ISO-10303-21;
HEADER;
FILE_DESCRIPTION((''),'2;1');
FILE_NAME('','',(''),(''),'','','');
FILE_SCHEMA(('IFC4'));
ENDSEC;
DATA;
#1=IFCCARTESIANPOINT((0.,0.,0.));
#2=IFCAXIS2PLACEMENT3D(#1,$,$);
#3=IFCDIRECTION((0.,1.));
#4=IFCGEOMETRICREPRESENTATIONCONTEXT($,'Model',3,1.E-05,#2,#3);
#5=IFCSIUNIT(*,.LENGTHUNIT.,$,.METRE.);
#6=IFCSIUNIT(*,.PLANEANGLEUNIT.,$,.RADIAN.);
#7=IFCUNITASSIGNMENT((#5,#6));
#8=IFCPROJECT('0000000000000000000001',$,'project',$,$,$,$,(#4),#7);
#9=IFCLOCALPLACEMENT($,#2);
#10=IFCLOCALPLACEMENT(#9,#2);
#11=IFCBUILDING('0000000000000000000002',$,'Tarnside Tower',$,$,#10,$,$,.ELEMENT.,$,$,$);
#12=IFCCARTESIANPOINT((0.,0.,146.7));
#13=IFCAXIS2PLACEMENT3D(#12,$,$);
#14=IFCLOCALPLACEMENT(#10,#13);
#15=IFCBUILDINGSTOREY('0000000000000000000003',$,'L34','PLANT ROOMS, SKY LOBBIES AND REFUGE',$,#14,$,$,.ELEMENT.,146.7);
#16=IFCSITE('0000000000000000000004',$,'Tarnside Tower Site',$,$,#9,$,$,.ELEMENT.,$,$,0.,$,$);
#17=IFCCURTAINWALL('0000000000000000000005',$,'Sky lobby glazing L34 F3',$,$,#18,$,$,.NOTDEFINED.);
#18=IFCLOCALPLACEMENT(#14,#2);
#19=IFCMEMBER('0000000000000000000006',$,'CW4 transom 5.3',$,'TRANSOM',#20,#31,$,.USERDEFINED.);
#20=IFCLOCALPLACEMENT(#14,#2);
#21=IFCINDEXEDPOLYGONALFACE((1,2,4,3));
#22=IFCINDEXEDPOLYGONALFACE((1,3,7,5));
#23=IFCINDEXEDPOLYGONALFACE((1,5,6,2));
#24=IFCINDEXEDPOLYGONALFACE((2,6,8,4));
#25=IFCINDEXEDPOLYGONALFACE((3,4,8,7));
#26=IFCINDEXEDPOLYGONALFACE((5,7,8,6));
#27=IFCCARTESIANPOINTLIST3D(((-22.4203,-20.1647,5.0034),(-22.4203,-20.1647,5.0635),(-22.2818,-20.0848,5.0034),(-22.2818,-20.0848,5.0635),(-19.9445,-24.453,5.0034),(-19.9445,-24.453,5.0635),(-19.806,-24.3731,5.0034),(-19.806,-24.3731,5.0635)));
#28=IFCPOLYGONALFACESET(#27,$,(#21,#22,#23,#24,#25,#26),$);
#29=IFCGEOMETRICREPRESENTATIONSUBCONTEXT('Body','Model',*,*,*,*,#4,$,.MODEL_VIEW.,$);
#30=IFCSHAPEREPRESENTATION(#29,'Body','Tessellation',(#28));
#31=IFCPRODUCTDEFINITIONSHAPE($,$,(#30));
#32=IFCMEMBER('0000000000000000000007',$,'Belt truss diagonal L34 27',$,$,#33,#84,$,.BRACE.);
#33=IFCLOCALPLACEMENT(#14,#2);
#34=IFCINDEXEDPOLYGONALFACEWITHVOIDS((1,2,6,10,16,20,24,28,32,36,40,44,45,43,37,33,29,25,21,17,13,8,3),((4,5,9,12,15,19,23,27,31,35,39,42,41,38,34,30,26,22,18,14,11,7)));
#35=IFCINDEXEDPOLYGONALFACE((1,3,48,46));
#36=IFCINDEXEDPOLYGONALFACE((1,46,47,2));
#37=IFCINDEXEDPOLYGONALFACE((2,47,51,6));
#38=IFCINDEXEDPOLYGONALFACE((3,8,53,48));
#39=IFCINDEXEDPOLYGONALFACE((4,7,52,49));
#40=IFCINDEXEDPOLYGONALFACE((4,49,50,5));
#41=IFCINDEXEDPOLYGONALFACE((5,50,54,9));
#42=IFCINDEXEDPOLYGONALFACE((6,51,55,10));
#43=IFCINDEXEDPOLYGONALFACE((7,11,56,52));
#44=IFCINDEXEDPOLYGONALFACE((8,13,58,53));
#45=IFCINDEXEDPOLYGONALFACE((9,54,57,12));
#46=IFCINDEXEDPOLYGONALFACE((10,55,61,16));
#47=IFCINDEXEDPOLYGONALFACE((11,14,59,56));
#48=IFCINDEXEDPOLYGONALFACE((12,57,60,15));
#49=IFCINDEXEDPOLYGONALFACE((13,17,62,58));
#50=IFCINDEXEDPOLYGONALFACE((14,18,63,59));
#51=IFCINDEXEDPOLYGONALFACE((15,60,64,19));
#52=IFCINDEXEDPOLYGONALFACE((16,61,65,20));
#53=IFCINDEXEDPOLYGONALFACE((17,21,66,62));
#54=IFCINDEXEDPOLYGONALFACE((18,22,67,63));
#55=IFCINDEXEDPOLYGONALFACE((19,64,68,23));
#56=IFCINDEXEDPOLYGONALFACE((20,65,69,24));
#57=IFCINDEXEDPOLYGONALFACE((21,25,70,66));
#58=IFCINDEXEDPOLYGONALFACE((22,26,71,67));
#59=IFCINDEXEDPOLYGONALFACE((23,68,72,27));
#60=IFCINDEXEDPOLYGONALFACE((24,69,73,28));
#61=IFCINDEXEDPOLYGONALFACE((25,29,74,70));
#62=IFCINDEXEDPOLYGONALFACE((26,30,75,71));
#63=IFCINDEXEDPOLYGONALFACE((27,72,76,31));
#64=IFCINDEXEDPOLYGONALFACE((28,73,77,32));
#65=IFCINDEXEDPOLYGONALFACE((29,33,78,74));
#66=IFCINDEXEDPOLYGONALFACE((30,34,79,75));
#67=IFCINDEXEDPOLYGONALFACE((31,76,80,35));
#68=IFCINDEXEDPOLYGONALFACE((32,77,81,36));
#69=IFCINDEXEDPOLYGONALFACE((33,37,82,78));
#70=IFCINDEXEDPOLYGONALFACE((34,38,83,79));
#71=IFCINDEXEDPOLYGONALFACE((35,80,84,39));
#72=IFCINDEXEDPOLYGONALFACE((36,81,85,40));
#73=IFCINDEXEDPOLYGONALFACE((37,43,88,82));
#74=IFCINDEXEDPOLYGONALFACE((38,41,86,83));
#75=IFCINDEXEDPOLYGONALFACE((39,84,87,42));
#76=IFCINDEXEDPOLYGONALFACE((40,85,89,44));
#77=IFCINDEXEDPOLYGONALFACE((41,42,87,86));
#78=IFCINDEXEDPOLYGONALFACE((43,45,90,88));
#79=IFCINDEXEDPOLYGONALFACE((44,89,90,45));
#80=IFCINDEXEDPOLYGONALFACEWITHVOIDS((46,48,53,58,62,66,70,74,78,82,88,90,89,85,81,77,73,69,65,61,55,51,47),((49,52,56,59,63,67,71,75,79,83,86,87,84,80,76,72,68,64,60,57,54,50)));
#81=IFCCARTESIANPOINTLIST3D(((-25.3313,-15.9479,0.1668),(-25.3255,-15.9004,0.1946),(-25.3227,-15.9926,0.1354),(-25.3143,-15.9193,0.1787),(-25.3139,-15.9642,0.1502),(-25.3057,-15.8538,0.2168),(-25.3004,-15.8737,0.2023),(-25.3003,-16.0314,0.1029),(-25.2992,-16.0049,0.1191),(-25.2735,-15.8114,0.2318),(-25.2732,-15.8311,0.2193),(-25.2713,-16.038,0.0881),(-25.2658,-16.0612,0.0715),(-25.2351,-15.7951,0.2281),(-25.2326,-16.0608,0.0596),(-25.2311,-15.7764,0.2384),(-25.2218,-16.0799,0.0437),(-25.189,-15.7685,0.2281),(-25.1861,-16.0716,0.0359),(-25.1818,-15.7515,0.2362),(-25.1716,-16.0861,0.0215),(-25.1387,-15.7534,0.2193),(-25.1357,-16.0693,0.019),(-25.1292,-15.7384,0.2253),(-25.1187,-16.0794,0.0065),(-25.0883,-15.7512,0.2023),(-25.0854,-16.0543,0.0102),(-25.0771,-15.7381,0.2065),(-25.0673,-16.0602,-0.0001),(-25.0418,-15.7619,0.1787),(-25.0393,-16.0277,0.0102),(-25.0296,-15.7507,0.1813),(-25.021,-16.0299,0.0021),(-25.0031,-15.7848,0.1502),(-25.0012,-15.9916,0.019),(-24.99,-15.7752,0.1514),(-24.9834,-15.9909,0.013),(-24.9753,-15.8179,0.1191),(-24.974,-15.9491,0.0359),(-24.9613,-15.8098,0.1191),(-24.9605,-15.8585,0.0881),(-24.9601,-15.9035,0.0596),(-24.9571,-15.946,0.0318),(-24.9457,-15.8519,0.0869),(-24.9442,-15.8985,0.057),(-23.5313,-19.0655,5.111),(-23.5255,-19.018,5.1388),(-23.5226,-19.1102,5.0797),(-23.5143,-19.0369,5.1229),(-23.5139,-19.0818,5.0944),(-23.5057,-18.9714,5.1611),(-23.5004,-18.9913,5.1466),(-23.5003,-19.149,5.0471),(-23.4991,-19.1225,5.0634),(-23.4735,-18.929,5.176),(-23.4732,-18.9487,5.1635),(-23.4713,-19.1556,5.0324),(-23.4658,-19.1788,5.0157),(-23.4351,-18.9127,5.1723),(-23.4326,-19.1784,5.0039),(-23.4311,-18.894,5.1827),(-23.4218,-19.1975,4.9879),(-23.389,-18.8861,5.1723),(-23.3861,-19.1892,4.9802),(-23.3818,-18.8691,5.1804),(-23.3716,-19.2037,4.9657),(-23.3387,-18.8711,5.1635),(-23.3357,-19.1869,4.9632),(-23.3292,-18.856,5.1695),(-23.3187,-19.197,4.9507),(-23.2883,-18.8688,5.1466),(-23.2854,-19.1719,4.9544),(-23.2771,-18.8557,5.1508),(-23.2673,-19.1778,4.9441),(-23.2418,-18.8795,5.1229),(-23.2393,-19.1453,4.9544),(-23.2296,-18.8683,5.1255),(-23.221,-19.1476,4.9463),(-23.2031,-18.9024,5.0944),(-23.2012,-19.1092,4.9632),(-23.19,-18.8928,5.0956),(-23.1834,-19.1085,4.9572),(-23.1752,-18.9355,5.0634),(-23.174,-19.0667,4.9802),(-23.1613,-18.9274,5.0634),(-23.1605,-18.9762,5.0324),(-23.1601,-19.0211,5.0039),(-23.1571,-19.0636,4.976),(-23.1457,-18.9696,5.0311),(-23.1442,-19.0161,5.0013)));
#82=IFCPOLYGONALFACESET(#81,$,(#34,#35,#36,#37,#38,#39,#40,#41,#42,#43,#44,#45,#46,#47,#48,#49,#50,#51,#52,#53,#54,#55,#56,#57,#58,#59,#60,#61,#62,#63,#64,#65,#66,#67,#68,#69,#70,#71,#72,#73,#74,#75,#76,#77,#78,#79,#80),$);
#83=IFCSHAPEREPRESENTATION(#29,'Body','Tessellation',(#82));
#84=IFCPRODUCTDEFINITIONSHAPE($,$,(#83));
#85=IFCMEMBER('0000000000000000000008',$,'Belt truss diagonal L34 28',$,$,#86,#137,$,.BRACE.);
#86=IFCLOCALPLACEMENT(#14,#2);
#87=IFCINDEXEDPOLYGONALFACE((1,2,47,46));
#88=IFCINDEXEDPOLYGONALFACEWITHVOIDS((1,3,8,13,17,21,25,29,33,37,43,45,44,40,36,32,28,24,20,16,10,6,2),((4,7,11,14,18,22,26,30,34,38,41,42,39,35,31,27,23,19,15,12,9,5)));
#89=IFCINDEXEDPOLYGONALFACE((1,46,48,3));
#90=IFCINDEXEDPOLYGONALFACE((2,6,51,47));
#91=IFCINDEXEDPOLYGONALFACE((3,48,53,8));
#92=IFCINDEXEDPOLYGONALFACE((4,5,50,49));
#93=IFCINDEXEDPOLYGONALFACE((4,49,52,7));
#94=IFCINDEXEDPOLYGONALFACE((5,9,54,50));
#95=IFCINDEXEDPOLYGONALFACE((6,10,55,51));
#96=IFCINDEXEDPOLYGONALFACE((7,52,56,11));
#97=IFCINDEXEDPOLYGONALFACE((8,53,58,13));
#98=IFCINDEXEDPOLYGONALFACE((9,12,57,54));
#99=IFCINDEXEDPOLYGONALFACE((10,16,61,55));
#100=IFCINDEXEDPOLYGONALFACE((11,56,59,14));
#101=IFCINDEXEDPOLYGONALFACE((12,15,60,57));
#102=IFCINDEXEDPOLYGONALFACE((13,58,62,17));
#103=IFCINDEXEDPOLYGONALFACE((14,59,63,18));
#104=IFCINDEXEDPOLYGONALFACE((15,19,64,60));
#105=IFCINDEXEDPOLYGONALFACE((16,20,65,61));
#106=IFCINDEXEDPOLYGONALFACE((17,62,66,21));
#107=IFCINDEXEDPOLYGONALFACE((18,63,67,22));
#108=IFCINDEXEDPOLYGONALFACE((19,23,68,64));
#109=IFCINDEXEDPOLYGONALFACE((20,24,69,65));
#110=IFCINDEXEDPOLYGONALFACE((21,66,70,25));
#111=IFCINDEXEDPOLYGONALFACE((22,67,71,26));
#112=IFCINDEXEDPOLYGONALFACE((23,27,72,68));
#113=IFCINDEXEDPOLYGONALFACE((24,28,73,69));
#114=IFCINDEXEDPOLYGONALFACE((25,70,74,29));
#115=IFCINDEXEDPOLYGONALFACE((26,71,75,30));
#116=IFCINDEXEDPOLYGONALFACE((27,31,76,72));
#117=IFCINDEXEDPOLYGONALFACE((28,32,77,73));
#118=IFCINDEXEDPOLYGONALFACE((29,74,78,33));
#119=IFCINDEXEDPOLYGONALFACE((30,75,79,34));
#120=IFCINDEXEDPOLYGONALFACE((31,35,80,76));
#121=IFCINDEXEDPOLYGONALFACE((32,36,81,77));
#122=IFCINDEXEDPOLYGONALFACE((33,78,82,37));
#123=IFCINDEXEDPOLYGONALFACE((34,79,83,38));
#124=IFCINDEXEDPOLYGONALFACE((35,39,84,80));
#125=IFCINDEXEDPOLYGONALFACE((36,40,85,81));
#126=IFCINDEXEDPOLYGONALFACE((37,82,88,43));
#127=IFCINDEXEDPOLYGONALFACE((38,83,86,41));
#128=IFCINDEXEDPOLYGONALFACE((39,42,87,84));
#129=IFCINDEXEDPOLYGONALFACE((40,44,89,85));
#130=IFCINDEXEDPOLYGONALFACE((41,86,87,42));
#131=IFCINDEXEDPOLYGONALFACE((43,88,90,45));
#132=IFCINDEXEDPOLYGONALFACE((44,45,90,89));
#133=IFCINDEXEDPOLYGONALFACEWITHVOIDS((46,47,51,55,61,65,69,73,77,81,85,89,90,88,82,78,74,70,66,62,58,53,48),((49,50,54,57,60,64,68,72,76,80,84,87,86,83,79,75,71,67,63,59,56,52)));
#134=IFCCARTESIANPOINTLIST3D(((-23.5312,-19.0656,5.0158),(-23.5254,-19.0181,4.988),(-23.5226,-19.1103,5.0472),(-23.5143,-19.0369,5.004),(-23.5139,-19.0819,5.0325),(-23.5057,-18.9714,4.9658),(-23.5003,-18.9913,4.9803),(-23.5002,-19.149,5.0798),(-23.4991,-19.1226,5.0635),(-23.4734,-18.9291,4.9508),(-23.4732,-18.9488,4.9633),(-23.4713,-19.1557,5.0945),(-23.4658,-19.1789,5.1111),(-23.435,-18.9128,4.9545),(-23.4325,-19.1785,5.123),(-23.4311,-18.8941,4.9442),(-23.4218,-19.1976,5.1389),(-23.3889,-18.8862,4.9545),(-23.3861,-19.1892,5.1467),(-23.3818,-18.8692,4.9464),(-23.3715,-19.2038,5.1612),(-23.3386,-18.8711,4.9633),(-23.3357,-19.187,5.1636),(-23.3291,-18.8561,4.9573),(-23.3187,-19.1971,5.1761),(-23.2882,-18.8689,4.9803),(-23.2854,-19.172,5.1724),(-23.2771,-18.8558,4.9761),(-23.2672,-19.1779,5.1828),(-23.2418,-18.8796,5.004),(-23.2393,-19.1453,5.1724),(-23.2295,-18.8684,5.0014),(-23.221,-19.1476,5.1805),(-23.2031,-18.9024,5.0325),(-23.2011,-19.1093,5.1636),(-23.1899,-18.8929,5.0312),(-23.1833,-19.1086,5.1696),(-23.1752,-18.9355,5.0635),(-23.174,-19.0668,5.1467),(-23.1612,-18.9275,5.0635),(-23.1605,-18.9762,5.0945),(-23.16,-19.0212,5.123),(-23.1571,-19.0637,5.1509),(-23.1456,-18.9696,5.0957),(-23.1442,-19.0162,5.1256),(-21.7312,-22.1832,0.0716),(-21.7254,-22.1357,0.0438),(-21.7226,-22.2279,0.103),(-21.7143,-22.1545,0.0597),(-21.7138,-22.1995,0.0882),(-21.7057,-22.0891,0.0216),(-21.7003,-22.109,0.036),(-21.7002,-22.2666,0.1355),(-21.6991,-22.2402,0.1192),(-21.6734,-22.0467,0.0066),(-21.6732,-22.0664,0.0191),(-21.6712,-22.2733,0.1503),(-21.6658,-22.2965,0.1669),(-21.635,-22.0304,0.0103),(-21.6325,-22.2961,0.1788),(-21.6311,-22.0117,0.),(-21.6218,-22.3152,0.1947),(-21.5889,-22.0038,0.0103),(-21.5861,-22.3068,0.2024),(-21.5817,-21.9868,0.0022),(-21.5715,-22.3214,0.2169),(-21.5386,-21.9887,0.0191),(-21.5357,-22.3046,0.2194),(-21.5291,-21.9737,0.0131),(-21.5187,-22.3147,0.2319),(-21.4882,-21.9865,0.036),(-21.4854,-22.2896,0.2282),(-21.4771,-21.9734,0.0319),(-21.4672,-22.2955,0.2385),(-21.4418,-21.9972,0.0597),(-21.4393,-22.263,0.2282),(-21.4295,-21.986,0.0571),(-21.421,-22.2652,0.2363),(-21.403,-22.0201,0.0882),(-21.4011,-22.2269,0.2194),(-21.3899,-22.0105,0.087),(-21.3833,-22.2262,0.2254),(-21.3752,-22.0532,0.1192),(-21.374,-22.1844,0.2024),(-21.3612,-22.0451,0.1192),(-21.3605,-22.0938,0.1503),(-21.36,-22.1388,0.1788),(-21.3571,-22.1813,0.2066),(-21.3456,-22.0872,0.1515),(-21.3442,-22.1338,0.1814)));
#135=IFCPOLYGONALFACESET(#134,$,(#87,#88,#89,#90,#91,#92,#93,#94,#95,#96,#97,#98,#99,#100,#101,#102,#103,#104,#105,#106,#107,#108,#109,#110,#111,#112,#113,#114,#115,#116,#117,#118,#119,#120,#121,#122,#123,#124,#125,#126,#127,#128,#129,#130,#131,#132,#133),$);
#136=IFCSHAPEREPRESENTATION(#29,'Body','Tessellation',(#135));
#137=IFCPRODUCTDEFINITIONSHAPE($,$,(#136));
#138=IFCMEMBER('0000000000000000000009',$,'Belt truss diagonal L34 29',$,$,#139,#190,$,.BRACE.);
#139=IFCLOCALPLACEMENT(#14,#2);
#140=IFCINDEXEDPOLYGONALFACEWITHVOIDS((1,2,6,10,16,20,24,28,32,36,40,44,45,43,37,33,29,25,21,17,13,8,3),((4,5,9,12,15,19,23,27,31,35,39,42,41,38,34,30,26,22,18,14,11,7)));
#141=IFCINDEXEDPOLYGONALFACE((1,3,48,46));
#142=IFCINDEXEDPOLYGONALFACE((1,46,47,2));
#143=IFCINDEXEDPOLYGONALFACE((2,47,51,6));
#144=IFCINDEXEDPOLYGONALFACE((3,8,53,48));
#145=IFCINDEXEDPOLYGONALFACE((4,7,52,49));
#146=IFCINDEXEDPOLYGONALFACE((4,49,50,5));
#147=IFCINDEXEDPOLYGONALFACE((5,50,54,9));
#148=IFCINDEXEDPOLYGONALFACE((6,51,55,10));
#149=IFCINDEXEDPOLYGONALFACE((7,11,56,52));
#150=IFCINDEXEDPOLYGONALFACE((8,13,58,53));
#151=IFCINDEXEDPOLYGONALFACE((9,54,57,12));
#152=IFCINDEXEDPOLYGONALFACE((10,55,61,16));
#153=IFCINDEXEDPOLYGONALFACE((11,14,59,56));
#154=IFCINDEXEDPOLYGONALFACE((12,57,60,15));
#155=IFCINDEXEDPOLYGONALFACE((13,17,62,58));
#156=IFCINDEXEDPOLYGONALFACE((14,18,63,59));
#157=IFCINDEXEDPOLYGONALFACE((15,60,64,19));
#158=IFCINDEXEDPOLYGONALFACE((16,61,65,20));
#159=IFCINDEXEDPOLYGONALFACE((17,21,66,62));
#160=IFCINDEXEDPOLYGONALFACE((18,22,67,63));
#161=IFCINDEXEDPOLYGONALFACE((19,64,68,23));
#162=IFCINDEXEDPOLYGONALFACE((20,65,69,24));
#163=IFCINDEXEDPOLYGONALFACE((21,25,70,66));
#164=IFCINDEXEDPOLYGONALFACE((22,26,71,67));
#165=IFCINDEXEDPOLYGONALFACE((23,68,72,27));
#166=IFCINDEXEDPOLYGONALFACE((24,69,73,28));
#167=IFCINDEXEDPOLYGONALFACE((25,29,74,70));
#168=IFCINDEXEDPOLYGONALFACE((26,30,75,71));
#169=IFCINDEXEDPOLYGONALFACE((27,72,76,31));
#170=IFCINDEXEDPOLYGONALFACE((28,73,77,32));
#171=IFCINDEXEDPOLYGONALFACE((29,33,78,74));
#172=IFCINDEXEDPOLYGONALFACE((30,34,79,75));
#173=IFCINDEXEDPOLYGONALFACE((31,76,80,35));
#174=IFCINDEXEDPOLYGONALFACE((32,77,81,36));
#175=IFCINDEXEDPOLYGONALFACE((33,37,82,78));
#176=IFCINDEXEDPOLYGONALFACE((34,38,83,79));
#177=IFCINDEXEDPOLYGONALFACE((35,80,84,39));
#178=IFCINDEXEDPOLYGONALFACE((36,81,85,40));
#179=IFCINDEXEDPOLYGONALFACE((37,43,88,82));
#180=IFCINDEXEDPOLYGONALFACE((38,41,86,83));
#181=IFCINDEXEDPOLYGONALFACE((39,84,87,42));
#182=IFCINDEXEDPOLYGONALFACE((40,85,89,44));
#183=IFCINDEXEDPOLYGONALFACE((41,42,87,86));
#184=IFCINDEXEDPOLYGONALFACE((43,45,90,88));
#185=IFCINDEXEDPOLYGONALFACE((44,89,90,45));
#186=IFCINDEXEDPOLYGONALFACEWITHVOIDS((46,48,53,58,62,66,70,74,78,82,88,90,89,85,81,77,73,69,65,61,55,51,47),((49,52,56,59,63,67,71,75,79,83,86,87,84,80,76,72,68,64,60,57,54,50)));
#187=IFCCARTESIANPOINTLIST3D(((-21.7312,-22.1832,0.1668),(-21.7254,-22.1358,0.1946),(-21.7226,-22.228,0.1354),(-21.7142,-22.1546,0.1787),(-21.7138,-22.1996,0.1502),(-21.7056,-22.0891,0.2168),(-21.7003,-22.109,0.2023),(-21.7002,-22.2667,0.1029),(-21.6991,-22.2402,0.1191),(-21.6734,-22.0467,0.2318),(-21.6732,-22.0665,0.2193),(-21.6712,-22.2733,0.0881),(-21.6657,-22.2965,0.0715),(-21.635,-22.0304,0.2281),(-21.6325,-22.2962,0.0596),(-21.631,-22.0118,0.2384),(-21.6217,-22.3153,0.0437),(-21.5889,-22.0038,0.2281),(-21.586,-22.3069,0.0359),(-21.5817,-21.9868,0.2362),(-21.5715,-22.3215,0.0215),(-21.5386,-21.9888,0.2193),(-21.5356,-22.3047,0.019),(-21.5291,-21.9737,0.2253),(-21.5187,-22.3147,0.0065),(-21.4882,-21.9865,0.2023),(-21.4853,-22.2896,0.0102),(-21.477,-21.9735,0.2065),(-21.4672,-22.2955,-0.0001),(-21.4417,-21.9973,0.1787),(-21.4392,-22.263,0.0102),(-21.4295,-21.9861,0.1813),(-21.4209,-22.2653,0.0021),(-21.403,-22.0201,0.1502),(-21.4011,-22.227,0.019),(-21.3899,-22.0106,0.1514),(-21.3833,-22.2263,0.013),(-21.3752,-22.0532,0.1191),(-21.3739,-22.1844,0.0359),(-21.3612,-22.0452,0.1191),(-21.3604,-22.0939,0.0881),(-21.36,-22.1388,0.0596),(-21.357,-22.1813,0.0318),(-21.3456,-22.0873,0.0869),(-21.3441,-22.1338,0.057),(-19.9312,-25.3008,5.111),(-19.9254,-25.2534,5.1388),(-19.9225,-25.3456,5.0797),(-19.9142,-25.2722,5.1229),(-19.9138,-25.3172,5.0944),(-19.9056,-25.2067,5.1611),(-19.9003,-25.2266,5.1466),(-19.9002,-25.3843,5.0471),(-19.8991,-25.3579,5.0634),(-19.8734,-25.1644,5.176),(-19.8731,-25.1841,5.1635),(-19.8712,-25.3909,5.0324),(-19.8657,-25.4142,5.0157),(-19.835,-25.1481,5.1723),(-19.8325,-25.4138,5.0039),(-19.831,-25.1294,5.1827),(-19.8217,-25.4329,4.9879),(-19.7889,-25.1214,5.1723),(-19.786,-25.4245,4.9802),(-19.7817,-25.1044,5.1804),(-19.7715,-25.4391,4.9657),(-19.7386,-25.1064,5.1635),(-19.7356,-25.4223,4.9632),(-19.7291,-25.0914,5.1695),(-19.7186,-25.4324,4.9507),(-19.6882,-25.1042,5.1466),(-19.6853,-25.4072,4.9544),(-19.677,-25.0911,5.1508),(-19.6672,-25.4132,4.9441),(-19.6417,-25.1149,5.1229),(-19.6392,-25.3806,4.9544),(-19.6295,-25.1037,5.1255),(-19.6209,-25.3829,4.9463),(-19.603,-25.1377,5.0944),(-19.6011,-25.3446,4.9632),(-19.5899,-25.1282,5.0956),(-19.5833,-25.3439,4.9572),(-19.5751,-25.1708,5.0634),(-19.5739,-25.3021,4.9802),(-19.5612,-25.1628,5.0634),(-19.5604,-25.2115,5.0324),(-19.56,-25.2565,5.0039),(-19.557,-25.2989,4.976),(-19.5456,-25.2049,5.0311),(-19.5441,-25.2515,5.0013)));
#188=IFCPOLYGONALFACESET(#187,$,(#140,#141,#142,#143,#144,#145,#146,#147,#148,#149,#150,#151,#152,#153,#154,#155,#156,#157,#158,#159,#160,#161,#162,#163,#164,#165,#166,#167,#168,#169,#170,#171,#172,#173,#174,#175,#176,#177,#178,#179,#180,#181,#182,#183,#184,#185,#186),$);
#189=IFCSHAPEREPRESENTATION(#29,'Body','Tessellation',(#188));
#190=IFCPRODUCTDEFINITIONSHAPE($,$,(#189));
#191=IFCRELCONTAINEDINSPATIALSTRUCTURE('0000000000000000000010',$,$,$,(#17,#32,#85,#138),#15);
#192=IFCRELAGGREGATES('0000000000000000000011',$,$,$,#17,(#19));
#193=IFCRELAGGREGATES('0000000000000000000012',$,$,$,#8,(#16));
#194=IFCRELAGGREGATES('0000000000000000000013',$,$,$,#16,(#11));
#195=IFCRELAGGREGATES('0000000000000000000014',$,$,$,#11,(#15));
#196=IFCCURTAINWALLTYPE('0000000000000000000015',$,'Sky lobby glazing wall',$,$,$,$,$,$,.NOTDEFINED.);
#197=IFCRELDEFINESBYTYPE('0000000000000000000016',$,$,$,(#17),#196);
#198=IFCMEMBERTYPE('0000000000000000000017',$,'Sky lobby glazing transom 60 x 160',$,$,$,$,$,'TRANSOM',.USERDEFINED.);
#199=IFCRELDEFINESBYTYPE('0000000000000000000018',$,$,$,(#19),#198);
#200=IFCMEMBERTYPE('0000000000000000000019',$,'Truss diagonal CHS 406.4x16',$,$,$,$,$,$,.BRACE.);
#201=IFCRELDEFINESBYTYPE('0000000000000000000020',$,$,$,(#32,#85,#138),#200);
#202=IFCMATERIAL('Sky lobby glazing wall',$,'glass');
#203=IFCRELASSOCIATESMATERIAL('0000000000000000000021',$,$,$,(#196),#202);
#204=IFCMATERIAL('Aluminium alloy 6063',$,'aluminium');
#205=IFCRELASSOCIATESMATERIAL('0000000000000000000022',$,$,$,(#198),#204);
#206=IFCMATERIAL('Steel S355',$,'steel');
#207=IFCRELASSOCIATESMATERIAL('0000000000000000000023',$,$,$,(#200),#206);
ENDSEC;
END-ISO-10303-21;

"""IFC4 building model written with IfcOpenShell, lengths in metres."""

from ifc_helpers import new_model, si_unit, direction, frame, origin, origin_2d, place, context, subcontext, project, spatial, rectangle, hollow_circle, extrude, material, material_profile, profile_set, type_object, element, aggregate, save


model = new_model("IFC4")

# Units and contexts
model_context = context("Model", 3, precision=1e-05, world=origin(), true_north=direction((0.0, 1.0)))
body_context = subcontext(model_context, "Body", "Model", "MODEL_VIEW")
ifc_project = project(units=[si_unit("LENGTHUNIT", "METRE"), si_unit("PLANEANGLEUNIT", "RADIAN")], contexts=[model_context])

# Site, building, storey
site_placement = place(None, origin())
site = spatial("IfcSite", under=ifc_project, at=site_placement, Name="Tarnside Tower Site", CompositionType="ELEMENT", RefElevation=0.0)
building_placement = place(site_placement, origin())
building = spatial("IfcBuilding", under=site, at=building_placement, Name="Tarnside Tower", CompositionType="ELEMENT")
storey_placement = place(building_placement, frame((0.0, 0.0, 146.7)))
storey = spatial("IfcBuildingStorey", under=building, at=storey_placement, Name="L34", Description="PLANT ROOMS, SKY LOBBIES AND REFUGE", CompositionType="ELEMENT", Elevation=146.7)

# Shared definitions
ifc_material_1 = material(Name="Steel S355", Category="steel")

# Curtain wall, member
ifc_material_2 = material(Name="Sky lobby glazing wall", Category="glass")
curtain_wall_type = type_object("IfcCurtainWallType", Name="Sky lobby glazing wall", PredefinedType="NOTDEFINED", material=ifc_material_2)
curtain_wall_placement = place(storey_placement, origin())
curtain_wall = element("IfcCurtainWall", 1, at=curtain_wall_placement, inside=storey, type_object=curtain_wall_type, Name="Sky lobby glazing L34 F3", PredefinedType="NOTDEFINED")
ifc_material_3 = material(Name="Aluminium alloy 6063", Category="aluminium")
ifc_material_profile_1 = material_profile(ifc_material_3, rectangle(XDim=0.1599, YDim=0.0601, at=origin_2d()), Name="Sky lobby glazing transom 60 x 160")
ifc_profile_set_1 = profile_set([ifc_material_profile_1], Name="Aluminium alloy 6063")
member_type_1 = type_object("IfcMemberType", Name="Sky lobby glazing transom 60 x 160", ElementType="TRANSOM", PredefinedType="USERDEFINED", material=ifc_profile_set_1)
member_1_placement = place(storey_placement, frame((-22.3511, -20.1248, 5.0334), z_axis=(0.499994, -0.866029, 0.0), x_axis=(0.866029, 0.499994, 0.0)))
member_1 = element("IfcMember", 2, at=member_1_placement, type_object=member_type_1, Name="CW4 transom 5.3", ObjectType="TRANSOM", PredefinedType="USERDEFINED", context=body_context, shape_type="SweptSolid", body=[
    extrude(rectangle(XDim=0.1599, YDim=0.0601, at=origin_2d()), origin(), (0.0, 0.0, 1.0), 4.9517),
])

# Members
ifc_material_profile_2 = material_profile(ifc_material_1, hollow_circle(Radius=0.2031, WallThickness=0.0161, at=origin_2d()), Name="CHS 406.4x16")
ifc_profile_set_2 = profile_set([ifc_material_profile_2], Name="Steel S355")
member_type_2 = type_object("IfcMemberType", Name="Truss diagonal CHS 406.4x16", PredefinedType="BRACE", material=ifc_profile_set_2)
for number, where, z_axis, x_axis, name in (
    (3, (-25.1372, -15.9114, 0.1191), (0.294314, -0.50975, 0.808415), (0.866018, 0.500012, 0.0), "Belt truss diagonal L34 27"),
    (4, (-23.3372, -19.0291, 5.0635), (0.294314, -0.50975, -0.808415), (0.866018, 0.500012, 0.0), "Belt truss diagonal L34 28"),
    (5, (-21.5371, -22.1467, 0.1191), (0.294314, -0.50975, 0.808415), (0.866018, 0.500012, 0.0), "Belt truss diagonal L34 29"),
):
    element("IfcMember", number, at=place(storey_placement, frame(where, z_axis=z_axis, x_axis=x_axis)), inside=storey, type_object=member_type_2, Name=name, PredefinedType="BRACE", context=body_context, shape_type="SweptSolid", body=[
        extrude(hollow_circle(Radius=0.2031, WallThickness=0.0161, at=origin_2d()), origin(), (0.0, 0.0, 1.0), 6.116),
    ])

aggregate(curtain_wall, [member_1])

save(model, "model.ifc")
